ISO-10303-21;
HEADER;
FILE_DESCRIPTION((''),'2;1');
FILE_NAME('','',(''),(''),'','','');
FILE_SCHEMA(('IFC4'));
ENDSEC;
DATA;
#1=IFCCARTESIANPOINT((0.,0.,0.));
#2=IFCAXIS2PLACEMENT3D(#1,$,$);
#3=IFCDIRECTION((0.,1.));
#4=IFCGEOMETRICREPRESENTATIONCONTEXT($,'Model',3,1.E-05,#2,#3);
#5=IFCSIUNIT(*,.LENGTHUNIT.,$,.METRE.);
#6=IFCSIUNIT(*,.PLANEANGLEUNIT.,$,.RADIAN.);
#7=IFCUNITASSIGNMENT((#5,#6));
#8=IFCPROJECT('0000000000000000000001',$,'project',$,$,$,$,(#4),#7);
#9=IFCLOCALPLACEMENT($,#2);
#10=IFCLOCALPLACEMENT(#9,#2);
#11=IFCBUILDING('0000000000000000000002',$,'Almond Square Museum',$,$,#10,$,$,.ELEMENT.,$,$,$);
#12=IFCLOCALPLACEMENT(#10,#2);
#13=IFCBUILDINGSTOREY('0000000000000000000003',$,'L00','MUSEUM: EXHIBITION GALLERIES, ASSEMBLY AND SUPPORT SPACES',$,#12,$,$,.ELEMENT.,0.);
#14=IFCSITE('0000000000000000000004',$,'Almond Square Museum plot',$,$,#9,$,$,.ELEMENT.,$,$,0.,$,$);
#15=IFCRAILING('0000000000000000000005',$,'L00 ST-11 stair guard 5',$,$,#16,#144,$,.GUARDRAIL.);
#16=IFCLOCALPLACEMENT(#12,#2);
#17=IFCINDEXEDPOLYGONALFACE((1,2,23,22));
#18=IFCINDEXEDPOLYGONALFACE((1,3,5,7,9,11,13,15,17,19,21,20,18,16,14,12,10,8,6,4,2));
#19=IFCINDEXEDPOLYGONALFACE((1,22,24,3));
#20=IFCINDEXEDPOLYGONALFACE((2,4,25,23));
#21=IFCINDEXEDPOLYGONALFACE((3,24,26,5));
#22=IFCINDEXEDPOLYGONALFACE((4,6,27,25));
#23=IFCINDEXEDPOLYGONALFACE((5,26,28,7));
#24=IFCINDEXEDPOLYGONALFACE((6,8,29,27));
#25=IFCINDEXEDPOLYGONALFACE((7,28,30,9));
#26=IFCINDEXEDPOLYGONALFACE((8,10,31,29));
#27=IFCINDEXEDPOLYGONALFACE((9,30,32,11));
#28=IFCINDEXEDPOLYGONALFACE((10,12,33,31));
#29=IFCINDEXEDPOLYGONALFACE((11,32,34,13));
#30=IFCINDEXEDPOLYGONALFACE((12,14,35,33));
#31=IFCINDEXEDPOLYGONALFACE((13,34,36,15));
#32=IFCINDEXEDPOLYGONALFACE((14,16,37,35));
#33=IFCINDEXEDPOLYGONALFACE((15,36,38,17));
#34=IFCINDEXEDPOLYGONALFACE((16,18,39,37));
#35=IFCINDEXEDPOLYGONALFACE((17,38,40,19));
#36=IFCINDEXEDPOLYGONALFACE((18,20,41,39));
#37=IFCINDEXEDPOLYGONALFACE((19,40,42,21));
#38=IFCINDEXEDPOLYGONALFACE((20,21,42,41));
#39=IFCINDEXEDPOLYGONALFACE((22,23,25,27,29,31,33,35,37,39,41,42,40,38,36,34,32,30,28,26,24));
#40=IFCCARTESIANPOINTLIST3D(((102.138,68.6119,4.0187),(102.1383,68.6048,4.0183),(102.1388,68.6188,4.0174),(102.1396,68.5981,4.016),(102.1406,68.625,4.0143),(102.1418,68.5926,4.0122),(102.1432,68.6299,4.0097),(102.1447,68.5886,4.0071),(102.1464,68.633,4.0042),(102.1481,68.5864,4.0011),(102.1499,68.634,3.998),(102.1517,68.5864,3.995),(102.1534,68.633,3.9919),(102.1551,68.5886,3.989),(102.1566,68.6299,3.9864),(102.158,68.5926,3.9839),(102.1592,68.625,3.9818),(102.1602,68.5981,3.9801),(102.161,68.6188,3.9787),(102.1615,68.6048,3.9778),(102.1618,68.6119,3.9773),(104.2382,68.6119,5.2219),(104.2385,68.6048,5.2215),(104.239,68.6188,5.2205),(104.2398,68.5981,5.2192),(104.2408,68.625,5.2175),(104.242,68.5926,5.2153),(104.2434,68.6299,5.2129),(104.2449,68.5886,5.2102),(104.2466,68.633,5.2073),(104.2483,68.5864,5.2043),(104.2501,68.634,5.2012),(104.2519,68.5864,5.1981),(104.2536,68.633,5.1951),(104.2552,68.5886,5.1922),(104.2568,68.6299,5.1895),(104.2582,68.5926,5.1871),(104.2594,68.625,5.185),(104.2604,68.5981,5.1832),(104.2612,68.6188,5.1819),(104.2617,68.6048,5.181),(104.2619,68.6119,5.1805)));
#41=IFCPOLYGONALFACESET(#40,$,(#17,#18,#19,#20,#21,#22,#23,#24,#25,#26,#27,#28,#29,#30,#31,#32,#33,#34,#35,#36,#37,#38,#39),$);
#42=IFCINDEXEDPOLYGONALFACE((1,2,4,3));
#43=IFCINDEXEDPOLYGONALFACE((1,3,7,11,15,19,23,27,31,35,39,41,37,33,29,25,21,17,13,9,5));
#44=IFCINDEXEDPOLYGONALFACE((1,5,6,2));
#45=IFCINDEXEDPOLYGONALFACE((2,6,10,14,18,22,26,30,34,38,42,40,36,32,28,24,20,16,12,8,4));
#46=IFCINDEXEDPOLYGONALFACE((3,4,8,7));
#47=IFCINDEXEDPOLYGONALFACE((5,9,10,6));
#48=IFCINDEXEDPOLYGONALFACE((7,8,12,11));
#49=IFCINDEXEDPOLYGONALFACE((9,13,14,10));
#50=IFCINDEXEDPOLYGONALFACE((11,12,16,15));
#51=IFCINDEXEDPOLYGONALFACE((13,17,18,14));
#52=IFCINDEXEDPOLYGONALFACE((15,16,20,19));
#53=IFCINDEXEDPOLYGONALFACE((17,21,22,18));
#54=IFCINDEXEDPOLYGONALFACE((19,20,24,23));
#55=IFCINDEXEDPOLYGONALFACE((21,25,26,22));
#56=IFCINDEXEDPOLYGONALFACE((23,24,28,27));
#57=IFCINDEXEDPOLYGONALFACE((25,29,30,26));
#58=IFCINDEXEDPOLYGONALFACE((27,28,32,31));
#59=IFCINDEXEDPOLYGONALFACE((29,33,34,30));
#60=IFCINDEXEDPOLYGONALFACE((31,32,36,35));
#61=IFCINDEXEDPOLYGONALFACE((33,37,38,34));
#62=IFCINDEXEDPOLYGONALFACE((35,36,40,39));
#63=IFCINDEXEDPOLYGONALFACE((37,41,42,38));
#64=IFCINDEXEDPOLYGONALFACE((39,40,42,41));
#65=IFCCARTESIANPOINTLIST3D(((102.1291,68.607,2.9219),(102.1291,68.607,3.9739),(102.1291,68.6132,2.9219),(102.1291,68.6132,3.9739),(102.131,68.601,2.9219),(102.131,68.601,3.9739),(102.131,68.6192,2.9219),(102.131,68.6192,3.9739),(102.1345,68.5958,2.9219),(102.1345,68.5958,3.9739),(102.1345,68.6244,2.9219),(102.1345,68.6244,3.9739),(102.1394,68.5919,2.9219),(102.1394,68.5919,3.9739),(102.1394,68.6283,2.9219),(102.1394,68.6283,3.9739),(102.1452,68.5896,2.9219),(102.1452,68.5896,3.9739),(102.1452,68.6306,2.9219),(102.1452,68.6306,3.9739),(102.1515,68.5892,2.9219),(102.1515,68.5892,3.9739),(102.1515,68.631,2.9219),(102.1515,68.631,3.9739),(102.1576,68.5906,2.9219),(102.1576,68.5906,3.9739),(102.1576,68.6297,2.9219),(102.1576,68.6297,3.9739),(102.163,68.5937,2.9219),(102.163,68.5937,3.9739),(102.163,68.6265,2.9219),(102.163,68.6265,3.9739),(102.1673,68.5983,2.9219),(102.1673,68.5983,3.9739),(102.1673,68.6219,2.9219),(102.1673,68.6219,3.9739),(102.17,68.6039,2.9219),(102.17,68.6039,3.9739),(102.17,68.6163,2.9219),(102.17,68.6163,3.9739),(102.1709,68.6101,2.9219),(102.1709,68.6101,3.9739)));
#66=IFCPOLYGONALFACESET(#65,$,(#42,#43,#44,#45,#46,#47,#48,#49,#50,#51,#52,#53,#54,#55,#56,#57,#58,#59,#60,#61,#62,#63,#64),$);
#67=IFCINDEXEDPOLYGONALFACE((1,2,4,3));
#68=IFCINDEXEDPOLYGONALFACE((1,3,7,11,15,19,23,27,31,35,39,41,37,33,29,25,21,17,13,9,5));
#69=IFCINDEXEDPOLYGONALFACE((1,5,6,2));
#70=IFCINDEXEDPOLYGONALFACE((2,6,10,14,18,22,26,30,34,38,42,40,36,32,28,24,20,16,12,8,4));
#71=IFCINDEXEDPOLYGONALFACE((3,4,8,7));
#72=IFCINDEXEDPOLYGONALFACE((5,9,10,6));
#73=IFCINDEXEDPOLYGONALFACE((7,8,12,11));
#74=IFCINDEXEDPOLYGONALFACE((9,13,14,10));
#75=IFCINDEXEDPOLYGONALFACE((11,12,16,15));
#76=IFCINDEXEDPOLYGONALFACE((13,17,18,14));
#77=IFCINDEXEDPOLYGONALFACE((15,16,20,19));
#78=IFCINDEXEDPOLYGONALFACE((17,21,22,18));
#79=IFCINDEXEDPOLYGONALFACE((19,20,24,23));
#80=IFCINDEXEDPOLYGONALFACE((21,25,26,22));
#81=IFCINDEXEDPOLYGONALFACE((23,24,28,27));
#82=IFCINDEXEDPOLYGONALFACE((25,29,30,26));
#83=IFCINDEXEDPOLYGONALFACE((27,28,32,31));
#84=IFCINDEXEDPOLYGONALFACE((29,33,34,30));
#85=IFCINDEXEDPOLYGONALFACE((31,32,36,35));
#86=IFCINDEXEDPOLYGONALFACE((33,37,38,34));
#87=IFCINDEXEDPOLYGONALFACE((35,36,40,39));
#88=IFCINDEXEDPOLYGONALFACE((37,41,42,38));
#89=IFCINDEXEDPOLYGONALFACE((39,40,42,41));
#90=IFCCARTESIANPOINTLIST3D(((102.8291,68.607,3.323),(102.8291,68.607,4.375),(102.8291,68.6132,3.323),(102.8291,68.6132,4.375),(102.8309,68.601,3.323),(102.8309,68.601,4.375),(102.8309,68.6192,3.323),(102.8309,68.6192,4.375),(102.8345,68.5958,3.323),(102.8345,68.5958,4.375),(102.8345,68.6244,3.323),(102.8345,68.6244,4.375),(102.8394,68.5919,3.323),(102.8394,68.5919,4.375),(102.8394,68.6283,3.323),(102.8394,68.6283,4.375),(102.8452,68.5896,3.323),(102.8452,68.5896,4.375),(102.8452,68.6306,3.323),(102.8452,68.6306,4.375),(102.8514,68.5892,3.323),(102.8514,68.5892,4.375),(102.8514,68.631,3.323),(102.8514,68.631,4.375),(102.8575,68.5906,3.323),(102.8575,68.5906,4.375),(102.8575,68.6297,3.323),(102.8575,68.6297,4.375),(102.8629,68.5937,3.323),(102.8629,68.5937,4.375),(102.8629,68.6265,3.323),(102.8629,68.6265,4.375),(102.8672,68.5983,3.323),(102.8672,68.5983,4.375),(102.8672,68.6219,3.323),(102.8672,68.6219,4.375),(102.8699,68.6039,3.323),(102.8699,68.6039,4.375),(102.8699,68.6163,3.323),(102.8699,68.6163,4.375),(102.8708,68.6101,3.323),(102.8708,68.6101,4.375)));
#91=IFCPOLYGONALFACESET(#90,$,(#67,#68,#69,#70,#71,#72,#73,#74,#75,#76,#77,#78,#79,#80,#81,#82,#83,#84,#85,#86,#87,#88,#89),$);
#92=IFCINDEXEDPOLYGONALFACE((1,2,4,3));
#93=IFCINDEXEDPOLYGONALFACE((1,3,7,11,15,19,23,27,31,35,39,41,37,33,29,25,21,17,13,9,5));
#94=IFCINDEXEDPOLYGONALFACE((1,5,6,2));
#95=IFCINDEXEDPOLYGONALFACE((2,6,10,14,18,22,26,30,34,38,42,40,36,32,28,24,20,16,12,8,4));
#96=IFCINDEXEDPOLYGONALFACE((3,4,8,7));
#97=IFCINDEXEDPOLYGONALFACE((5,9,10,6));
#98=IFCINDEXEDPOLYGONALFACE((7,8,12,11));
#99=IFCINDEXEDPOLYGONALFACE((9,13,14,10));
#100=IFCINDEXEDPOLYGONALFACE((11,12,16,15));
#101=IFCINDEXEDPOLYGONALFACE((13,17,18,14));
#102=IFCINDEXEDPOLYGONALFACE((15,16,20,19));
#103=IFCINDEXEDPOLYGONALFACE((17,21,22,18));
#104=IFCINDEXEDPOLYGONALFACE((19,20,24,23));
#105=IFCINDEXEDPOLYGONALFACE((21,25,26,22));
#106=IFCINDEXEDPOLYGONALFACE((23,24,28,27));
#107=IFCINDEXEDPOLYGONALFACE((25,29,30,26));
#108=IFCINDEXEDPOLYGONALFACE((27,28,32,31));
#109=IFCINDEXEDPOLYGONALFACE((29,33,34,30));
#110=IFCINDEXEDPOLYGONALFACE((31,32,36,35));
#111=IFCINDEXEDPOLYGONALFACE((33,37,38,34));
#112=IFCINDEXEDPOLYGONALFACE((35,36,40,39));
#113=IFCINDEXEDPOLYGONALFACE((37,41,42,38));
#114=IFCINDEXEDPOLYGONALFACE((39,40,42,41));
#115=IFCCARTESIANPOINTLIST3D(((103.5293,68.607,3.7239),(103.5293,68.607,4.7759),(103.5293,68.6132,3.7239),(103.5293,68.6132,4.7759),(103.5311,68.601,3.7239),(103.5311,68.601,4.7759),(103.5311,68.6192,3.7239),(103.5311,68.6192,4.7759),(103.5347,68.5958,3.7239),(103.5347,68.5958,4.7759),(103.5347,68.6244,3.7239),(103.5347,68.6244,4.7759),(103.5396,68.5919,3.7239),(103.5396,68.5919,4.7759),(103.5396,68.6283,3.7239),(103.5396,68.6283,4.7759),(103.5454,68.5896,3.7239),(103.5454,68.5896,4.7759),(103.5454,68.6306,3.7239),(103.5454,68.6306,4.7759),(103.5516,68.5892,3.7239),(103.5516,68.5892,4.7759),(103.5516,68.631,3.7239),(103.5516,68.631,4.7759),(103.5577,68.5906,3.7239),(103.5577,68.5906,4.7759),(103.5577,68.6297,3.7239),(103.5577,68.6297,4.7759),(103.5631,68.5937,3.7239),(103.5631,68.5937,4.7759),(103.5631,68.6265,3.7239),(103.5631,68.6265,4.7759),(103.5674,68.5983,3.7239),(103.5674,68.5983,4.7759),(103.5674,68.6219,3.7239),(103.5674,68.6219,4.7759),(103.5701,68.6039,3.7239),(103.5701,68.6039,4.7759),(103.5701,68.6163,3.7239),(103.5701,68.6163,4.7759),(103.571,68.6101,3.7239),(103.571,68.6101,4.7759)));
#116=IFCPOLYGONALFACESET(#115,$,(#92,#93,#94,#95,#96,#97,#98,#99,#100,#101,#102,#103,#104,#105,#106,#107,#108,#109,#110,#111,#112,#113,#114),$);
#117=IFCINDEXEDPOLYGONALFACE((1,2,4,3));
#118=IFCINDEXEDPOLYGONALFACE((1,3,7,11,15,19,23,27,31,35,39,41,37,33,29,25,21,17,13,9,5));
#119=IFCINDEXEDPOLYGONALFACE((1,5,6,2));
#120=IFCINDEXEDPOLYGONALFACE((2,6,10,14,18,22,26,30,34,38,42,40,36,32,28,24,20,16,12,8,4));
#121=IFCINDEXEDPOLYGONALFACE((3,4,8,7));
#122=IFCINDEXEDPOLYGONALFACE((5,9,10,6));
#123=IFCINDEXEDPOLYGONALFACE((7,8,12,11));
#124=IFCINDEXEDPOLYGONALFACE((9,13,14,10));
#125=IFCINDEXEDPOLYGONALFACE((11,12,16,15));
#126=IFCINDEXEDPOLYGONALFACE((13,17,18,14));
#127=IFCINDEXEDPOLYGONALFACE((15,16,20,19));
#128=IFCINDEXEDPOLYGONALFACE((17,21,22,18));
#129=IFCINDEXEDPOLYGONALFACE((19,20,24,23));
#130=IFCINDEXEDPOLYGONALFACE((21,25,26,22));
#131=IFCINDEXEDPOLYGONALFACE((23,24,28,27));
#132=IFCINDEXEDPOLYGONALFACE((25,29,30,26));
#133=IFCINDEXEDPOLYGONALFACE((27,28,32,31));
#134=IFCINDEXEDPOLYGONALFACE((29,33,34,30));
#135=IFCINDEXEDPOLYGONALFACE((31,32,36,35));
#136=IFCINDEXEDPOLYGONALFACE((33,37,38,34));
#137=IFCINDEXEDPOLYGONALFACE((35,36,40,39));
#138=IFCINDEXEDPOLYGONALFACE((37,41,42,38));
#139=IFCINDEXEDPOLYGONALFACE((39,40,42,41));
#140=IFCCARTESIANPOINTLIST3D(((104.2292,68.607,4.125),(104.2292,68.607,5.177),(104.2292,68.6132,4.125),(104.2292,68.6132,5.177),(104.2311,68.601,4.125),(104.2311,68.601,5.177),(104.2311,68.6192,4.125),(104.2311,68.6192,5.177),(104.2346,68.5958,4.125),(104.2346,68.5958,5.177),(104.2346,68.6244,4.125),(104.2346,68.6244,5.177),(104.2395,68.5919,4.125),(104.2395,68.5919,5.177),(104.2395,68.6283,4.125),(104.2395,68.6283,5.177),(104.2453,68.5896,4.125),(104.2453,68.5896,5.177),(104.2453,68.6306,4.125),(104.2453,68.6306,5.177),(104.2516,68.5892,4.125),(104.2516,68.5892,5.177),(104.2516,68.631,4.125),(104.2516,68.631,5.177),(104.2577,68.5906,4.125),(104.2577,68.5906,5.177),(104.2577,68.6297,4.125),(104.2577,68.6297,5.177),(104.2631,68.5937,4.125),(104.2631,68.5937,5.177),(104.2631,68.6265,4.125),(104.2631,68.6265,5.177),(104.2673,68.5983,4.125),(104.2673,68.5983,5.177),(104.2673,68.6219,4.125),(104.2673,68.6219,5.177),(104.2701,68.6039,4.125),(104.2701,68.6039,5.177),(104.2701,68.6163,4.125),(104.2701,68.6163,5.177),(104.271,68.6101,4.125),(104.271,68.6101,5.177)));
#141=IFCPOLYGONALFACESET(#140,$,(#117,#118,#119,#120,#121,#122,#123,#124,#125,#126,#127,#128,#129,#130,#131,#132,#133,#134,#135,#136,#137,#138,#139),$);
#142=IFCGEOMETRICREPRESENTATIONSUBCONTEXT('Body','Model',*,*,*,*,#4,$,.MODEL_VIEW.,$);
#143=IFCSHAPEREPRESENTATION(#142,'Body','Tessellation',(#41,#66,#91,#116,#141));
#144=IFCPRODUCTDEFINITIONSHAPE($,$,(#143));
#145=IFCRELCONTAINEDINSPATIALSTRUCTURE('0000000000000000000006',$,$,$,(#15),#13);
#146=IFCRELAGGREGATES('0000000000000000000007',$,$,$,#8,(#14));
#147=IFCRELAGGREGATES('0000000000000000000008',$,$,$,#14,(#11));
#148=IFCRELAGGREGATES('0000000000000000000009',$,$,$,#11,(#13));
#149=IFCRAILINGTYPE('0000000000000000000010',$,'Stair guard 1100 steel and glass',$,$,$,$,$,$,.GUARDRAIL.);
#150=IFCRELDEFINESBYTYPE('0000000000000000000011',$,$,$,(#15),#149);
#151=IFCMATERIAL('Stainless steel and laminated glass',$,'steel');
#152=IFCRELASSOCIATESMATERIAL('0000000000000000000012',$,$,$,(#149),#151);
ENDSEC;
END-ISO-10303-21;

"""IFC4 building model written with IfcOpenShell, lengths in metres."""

from ifc_helpers import new_model, si_unit, direction, frame, origin, origin_2d, place, context, subcontext, project, spatial, circle, extrude, material, type_object, element, save


model = new_model("IFC4")

# Units and contexts
model_context = context("Model", 3, precision=1e-05, world=origin(), true_north=direction((0.0, 1.0)))
body_context = subcontext(model_context, "Body", "Model", "MODEL_VIEW")
ifc_project = project(units=[si_unit("LENGTHUNIT", "METRE"), si_unit("PLANEANGLEUNIT", "RADIAN")], contexts=[model_context])

# Site, building, storey
site_placement = place(None, origin())
site = spatial("IfcSite", under=ifc_project, at=site_placement, Name="Almond Square Museum plot", CompositionType="ELEMENT", RefElevation=0.0)
building_placement = place(site_placement, origin())
building = spatial("IfcBuilding", under=site, at=building_placement, Name="Almond Square Museum", CompositionType="ELEMENT")
storey_placement = place(building_placement, origin())
storey = spatial("IfcBuildingStorey", under=building, at=storey_placement, Name="L00", Description="MUSEUM: EXHIBITION GALLERIES, ASSEMBLY AND SUPPORT SPACES", CompositionType="ELEMENT", Elevation=0.0)

# Railing
ifc_material_1 = material(Name="Stainless steel and laminated glass", Category="steel")
railing_type_1 = type_object("IfcRailingType", Name="Stair guard 1100 steel and glass", PredefinedType="GUARDRAIL", material=ifc_material_1)
railing_1_placement = place(storey_placement, frame((102.1499, 68.6101, 2.9219)))
element("IfcRailing", 1, at=railing_1_placement, inside=storey, type_object=railing_type_1, Name="L00 ST-11 stair guard 5", PredefinedType="GUARDRAIL", context=body_context, shape_type="SweptSolid", body=[
    extrude(circle(Radius=0.0239, at=origin_2d()), frame((0.0, 0.0, 1.0762), z_axis=(0.867696, 0.0, 0.497095), x_axis=(0.0, 1.0, 0.0)), (0.0, 0.0, 1.0), 2.4204),
    extrude(circle(Radius=0.021, at=origin_2d()), origin(), (0.0, 0.0, 1.0), 1.052),
    extrude(circle(Radius=0.021, at=origin_2d()), frame((0.7, 0.0, 0.4011)), (0.0, 0.0, 1.0), 1.052),
    extrude(circle(Radius=0.021, at=origin_2d()), frame((1.4001, 0.0, 0.802)), (0.0, 0.0, 1.0), 1.052),
    extrude(circle(Radius=0.021, at=origin_2d()), frame((2.1001, 0.0, 1.2031)), (0.0, 0.0, 1.0), 1.052),
])

save(model, "model.ifc")
